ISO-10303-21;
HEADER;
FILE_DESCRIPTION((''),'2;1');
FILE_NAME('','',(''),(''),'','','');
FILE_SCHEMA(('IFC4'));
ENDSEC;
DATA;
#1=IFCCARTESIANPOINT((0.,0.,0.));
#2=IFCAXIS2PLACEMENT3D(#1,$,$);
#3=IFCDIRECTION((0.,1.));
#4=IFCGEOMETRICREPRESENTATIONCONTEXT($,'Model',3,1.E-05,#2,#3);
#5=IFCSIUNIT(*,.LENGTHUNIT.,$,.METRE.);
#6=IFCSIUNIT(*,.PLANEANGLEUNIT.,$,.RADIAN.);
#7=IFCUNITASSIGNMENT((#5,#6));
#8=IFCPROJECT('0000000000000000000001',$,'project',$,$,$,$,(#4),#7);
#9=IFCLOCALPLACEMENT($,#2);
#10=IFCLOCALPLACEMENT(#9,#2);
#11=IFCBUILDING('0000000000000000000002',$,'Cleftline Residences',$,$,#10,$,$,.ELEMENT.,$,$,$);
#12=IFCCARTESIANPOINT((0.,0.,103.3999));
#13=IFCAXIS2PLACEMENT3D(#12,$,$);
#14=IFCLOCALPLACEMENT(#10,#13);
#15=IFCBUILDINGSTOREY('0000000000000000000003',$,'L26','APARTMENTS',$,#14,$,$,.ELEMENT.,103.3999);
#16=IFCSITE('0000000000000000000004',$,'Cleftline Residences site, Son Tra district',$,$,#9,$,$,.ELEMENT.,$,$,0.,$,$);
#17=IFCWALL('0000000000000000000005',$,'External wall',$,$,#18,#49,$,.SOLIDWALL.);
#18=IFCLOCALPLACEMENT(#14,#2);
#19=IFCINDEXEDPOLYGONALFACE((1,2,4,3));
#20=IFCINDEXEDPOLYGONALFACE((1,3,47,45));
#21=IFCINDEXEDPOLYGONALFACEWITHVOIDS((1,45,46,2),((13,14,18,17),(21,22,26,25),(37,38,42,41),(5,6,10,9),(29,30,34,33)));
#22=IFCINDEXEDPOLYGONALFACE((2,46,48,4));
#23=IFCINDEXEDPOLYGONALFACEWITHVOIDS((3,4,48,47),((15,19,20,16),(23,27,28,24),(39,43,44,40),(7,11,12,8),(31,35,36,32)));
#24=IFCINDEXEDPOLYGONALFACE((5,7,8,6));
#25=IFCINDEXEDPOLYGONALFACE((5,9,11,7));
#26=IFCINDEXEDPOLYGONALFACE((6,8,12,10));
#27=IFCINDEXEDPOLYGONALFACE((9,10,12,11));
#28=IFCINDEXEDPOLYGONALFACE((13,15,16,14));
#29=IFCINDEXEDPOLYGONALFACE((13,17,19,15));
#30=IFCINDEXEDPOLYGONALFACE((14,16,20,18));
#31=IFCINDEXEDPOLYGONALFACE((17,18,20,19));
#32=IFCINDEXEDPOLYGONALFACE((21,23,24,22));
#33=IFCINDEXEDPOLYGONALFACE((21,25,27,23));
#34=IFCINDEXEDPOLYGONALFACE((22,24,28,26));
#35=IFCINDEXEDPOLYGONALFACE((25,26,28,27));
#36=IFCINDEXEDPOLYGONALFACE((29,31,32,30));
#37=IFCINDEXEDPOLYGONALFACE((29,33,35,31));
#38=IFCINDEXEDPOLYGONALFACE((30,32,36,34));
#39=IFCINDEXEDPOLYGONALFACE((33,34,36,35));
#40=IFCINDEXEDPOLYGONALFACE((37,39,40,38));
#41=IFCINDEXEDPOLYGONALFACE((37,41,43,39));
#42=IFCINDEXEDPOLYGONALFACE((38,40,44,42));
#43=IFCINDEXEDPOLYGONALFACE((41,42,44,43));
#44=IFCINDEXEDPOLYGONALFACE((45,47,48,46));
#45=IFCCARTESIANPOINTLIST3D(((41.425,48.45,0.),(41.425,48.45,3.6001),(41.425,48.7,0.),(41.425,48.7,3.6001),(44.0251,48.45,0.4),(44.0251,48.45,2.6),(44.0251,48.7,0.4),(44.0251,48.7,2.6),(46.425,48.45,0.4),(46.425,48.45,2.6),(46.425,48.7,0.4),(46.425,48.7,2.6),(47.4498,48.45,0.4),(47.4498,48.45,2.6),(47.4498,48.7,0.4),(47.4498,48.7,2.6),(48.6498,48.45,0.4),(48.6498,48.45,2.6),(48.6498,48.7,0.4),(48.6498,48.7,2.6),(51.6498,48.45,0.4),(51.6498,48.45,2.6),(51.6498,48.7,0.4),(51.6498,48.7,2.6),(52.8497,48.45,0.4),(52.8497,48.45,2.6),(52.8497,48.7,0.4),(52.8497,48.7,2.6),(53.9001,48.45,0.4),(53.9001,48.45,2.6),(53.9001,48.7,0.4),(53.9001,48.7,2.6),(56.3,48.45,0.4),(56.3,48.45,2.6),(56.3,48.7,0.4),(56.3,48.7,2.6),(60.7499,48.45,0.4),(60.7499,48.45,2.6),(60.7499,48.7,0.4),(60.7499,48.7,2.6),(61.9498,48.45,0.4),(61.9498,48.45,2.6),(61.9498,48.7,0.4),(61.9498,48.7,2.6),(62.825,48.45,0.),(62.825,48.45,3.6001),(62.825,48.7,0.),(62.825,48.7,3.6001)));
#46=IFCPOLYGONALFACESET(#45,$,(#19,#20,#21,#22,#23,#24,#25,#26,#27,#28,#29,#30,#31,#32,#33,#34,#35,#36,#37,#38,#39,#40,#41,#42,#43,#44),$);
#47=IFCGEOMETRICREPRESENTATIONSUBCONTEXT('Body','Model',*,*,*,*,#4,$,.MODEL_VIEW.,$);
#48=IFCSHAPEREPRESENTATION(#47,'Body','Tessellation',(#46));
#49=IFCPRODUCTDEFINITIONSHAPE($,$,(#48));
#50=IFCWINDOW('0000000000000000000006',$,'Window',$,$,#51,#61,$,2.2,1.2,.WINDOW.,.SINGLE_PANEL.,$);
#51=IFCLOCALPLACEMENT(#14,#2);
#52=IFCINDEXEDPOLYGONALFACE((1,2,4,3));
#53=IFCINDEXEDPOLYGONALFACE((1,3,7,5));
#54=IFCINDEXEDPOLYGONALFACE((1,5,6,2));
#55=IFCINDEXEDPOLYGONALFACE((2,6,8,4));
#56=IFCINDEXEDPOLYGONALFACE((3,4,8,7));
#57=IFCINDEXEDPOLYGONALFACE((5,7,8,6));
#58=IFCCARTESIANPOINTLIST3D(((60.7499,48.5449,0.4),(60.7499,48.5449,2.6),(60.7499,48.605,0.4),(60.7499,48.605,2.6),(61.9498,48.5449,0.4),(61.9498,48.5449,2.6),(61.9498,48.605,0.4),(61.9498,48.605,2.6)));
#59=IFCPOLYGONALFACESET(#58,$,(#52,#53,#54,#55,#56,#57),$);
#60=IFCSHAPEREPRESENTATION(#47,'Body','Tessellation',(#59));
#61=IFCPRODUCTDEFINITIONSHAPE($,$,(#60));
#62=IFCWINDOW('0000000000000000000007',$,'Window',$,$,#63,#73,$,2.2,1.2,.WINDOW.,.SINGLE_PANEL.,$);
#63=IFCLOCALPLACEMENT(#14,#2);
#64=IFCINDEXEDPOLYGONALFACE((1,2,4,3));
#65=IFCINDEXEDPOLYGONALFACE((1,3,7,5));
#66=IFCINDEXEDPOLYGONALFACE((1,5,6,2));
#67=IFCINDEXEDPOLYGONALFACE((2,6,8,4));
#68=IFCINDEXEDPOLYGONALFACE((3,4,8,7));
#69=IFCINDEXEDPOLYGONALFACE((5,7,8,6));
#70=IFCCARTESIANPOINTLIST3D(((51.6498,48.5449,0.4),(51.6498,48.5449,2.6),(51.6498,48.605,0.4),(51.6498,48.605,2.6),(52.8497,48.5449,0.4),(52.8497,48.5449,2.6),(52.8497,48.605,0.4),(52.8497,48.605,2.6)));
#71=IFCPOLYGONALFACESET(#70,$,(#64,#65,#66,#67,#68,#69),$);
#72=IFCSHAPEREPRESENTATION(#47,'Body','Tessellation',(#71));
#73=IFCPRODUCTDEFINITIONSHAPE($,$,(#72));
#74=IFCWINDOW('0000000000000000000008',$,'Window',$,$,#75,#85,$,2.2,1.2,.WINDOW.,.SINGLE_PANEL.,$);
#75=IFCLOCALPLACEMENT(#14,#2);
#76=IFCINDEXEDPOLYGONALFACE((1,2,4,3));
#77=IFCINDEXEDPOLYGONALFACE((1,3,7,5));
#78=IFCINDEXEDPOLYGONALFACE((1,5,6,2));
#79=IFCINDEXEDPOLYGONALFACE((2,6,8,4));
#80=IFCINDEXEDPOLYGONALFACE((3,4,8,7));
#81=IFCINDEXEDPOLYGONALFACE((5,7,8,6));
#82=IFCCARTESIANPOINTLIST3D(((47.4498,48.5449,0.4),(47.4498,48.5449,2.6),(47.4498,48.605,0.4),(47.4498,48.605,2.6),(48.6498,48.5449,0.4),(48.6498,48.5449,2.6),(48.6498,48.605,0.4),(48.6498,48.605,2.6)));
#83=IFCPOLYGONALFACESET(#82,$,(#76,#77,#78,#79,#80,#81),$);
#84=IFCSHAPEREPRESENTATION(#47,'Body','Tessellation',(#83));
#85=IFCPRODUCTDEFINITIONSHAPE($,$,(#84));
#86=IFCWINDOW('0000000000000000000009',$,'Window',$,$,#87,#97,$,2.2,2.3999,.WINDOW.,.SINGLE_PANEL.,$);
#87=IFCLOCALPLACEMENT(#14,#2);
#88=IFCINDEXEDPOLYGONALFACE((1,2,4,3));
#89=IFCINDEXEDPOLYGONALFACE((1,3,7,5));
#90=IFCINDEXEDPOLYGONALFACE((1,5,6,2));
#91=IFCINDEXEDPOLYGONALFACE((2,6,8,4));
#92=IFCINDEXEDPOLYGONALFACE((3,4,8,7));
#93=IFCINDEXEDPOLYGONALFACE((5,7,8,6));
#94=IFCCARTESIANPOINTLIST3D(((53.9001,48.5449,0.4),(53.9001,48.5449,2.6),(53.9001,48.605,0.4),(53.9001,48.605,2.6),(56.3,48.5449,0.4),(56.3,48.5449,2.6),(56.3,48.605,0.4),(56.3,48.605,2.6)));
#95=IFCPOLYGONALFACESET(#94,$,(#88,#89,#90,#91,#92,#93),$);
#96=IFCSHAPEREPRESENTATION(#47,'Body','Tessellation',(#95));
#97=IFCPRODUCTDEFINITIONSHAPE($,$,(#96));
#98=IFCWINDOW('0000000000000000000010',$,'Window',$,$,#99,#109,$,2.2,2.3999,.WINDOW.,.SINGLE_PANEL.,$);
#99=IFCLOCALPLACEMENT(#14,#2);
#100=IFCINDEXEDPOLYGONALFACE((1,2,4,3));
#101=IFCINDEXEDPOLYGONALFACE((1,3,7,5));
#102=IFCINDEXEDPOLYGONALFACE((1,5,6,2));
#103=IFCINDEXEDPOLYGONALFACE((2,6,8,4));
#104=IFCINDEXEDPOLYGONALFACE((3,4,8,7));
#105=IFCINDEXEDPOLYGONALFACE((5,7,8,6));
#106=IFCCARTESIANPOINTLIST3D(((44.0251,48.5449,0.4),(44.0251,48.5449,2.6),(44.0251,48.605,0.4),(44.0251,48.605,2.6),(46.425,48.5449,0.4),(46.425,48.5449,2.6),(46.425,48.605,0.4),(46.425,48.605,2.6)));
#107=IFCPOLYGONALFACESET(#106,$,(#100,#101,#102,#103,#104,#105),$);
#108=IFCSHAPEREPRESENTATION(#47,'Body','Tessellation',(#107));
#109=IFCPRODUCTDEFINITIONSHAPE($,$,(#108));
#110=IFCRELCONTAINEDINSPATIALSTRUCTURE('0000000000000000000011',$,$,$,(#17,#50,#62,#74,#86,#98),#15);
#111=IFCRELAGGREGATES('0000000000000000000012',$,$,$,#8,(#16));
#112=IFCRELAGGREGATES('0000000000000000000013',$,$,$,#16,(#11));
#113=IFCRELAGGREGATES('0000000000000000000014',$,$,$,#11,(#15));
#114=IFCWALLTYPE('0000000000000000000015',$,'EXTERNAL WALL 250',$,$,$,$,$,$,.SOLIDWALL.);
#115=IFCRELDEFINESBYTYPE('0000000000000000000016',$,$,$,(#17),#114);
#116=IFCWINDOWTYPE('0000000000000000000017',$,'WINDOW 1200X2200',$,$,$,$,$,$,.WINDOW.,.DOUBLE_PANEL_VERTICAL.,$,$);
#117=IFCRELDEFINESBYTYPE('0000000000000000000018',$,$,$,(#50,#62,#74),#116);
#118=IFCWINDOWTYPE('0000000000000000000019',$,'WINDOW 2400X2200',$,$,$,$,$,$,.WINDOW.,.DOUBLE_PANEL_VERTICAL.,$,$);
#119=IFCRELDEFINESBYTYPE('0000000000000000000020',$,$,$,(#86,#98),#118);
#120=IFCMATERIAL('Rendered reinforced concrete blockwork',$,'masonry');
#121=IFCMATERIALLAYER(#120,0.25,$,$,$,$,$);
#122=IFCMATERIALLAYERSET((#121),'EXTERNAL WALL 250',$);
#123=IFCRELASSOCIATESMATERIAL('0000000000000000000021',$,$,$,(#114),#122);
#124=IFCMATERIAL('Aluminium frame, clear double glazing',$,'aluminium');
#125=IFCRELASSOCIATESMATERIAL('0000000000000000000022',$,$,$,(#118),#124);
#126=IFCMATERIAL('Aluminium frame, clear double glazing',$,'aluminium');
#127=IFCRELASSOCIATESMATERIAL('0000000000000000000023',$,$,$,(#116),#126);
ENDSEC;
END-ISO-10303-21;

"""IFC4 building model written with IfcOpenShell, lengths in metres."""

from ifc_helpers import new_model, si_unit, direction, frame, frame_2d, origin, place, context, subcontext, project, spatial, rectangle, extrude, material, layer, layer_set, type_object, element, fill, save


model = new_model("IFC4")

# Units and contexts
model_context = context("Model", 3, precision=1e-05, world=origin(), true_north=direction((0.0, 1.0)))
body_context = subcontext(model_context, "Body", "Model", "MODEL_VIEW")
ifc_project = project(units=[si_unit("LENGTHUNIT", "METRE"), si_unit("PLANEANGLEUNIT", "RADIAN")], contexts=[model_context])

# Site, building, storey
site_placement = place(None, origin())
site = spatial("IfcSite", under=ifc_project, at=site_placement, Name="Cleftline Residences site, Son Tra district", CompositionType="ELEMENT", RefElevation=0.0)
building_placement = place(site_placement, origin())
building = spatial("IfcBuilding", under=site, at=building_placement, Name="Cleftline Residences", CompositionType="ELEMENT")
storey_placement = place(building_placement, frame((0.0, 0.0, 103.3999)))
storey = spatial("IfcBuildingStorey", under=building, at=storey_placement, Name="L26", Description="APARTMENTS", CompositionType="ELEMENT", Elevation=103.3999)

# Shared definitions
ifc_material_1 = material(Name="Rendered reinforced concrete blockwork", Category="masonry")
ifc_layer_1 = layer(ifc_material_1, 0.25)
ifc_layer_set_1 = layer_set([ifc_layer_1], Name="EXTERNAL WALL 250")
wall_type = type_object("IfcWallType", Name="EXTERNAL WALL 250", PredefinedType="SOLIDWALL", material=ifc_layer_set_1)
ifc_material_2 = material(Name="Aluminium frame, clear double glazing", Category="aluminium")
window_type_1 = type_object("IfcWindowType", Name="WINDOW 2400X2200", PartitioningType="DOUBLE_PANEL_VERTICAL", PredefinedType="WINDOW", material=ifc_material_2)

# Wall, openings, windows
wall_1_placement = place(storey_placement, frame((62.825, 48.575, 0.0), z_axis=(0.0, 0.0, 1.0), x_axis=(-1.0, 0.0, 0.0)))
wall_1 = element("IfcWall", 1, at=wall_1_placement, inside=storey, type_object=wall_type, Name="External wall", PredefinedType="SOLIDWALL", context=body_context, shape_type="SweptSolid", body=[
    extrude(rectangle(XDim=21.3999, YDim=0.25, at=frame_2d((10.7, 0.0))), origin(), (0.0, 0.0, 1.0), 3.6001),
])
opening_1_placement = place(wall_1_placement, frame((0.875, 0.0, 0.3999)))
opening_1 = element("IfcOpeningElement", 2, at=opening_1_placement, cuts=wall_1, PredefinedType="OPENING", context=body_context, shape_type="SweptSolid", body=[
    extrude(rectangle(XDim=1.2, YDim=2.2, at=frame_2d((0.6001, 1.1001))), frame((0.0, 0.135, 0.0), z_axis=(0.0, -1.0, 0.0), x_axis=(1.0, 0.0, 0.0)), (0.0, 0.0, 1.0), 0.27),
])
opening_2_placement = place(wall_1_placement, frame((6.5249, 0.0, 0.3999)))
opening_2 = element("IfcOpeningElement", 3, at=opening_2_placement, cuts=wall_1, PredefinedType="OPENING", context=body_context, shape_type="SweptSolid", body=[
    extrude(rectangle(XDim=2.3999, YDim=2.2, at=frame_2d((1.2, 1.1001))), frame((0.0, 0.135, 0.0), z_axis=(0.0, -1.0, 0.0), x_axis=(1.0, 0.0, 0.0)), (0.0, 0.0, 1.0), 0.27),
])
opening_3_placement = place(wall_1_placement, frame((9.9751, 0.0, 0.3999)))
opening_3 = element("IfcOpeningElement", 4, at=opening_3_placement, cuts=wall_1, PredefinedType="OPENING", context=body_context, shape_type="SweptSolid", body=[
    extrude(rectangle(XDim=1.2, YDim=2.2, at=frame_2d((0.6001, 1.1001))), frame((0.0, 0.135, 0.0), z_axis=(0.0, -1.0, 0.0), x_axis=(1.0, 0.0, 0.0)), (0.0, 0.0, 1.0), 0.27),
])
opening_4_placement = place(wall_1_placement, frame((14.175, 0.0, 0.3999)))
opening_4 = element("IfcOpeningElement", 5, at=opening_4_placement, cuts=wall_1, PredefinedType="OPENING", context=body_context, shape_type="SweptSolid", body=[
    extrude(rectangle(XDim=1.2, YDim=2.2, at=frame_2d((0.6001, 1.1001))), frame((0.0, 0.135, 0.0), z_axis=(0.0, -1.0, 0.0), x_axis=(1.0, 0.0, 0.0)), (0.0, 0.0, 1.0), 0.27),
])
opening_5_placement = place(wall_1_placement, frame((16.3999, 0.0, 0.3999)))
opening_5 = element("IfcOpeningElement", 6, at=opening_5_placement, cuts=wall_1, PredefinedType="OPENING", context=body_context, shape_type="SweptSolid", body=[
    extrude(rectangle(XDim=2.3999, YDim=2.2, at=frame_2d((1.2, 1.1001))), frame((0.0, 0.135, 0.0), z_axis=(0.0, -1.0, 0.0), x_axis=(1.0, 0.0, 0.0)), (0.0, 0.0, 1.0), 0.27),
])
ifc_material_3 = material(Name="Aluminium frame, clear double glazing", Category="aluminium")
window_type_2 = type_object("IfcWindowType", Name="WINDOW 1200X2200", PartitioningType="DOUBLE_PANEL_VERTICAL", PredefinedType="WINDOW", material=ifc_material_3)
window_1_placement = place(opening_1_placement, origin())
window_1 = element("IfcWindow", 7, at=window_1_placement, inside=storey, type_object=window_type_2, Name="Window", OverallHeight=2.2, OverallWidth=1.2, PartitioningType="SINGLE_PANEL", PredefinedType="WINDOW", context=body_context, shape_type="SweptSolid", body=[
    extrude(rectangle(XDim=1.2, YDim=2.2, at=frame_2d((0.6001, 1.1001))), frame((0.0, 0.03, 0.0), z_axis=(0.0, -1.0, 0.0), x_axis=(1.0, 0.0, 0.0)), (0.0, 0.0, 1.0), 0.0601),
])
fill(opening_1, window_1)
window_2_placement = place(opening_3_placement, origin())
window_2 = element("IfcWindow", 8, at=window_2_placement, inside=storey, type_object=window_type_2, Name="Window", OverallHeight=2.2, OverallWidth=1.2, PartitioningType="SINGLE_PANEL", PredefinedType="WINDOW", context=body_context, shape_type="SweptSolid", body=[
    extrude(rectangle(XDim=1.2, YDim=2.2, at=frame_2d((0.6001, 1.1001))), frame((0.0, 0.03, 0.0), z_axis=(0.0, -1.0, 0.0), x_axis=(1.0, 0.0, 0.0)), (0.0, 0.0, 1.0), 0.0601),
])
fill(opening_3, window_2)
window_3_placement = place(opening_4_placement, origin())
window_3 = element("IfcWindow", 9, at=window_3_placement, inside=storey, type_object=window_type_2, Name="Window", OverallHeight=2.2, OverallWidth=1.2, PartitioningType="SINGLE_PANEL", PredefinedType="WINDOW", context=body_context, shape_type="SweptSolid", body=[
    extrude(rectangle(XDim=1.2, YDim=2.2, at=frame_2d((0.6001, 1.1001))), frame((0.0, 0.03, 0.0), z_axis=(0.0, -1.0, 0.0), x_axis=(1.0, 0.0, 0.0)), (0.0, 0.0, 1.0), 0.0601),
])
fill(opening_4, window_3)
window_4_placement = place(opening_2_placement, origin())
window_4 = element("IfcWindow", 10, at=window_4_placement, inside=storey, type_object=window_type_1, Name="Window", OverallHeight=2.2, OverallWidth=2.3999, PartitioningType="SINGLE_PANEL", PredefinedType="WINDOW", context=body_context, shape_type="SweptSolid", body=[
    extrude(rectangle(XDim=2.3999, YDim=2.2, at=frame_2d((1.2, 1.1001))), frame((0.0, 0.03, 0.0), z_axis=(0.0, -1.0, 0.0), x_axis=(1.0, 0.0, 0.0)), (0.0, 0.0, 1.0), 0.0601),
])
fill(opening_2, window_4)
window_5_placement = place(opening_5_placement, origin())
window_5 = element("IfcWindow", 11, at=window_5_placement, inside=storey, type_object=window_type_1, Name="Window", OverallHeight=2.2, OverallWidth=2.3999, PartitioningType="SINGLE_PANEL", PredefinedType="WINDOW", context=body_context, shape_type="SweptSolid", body=[
    extrude(rectangle(XDim=2.3999, YDim=2.2, at=frame_2d((1.2, 1.1001))), frame((0.0, 0.03, 0.0), z_axis=(0.0, -1.0, 0.0), x_axis=(1.0, 0.0, 0.0)), (0.0, 0.0, 1.0), 0.0601),
])
fill(opening_5, window_5)

save(model, "model.ifc")
